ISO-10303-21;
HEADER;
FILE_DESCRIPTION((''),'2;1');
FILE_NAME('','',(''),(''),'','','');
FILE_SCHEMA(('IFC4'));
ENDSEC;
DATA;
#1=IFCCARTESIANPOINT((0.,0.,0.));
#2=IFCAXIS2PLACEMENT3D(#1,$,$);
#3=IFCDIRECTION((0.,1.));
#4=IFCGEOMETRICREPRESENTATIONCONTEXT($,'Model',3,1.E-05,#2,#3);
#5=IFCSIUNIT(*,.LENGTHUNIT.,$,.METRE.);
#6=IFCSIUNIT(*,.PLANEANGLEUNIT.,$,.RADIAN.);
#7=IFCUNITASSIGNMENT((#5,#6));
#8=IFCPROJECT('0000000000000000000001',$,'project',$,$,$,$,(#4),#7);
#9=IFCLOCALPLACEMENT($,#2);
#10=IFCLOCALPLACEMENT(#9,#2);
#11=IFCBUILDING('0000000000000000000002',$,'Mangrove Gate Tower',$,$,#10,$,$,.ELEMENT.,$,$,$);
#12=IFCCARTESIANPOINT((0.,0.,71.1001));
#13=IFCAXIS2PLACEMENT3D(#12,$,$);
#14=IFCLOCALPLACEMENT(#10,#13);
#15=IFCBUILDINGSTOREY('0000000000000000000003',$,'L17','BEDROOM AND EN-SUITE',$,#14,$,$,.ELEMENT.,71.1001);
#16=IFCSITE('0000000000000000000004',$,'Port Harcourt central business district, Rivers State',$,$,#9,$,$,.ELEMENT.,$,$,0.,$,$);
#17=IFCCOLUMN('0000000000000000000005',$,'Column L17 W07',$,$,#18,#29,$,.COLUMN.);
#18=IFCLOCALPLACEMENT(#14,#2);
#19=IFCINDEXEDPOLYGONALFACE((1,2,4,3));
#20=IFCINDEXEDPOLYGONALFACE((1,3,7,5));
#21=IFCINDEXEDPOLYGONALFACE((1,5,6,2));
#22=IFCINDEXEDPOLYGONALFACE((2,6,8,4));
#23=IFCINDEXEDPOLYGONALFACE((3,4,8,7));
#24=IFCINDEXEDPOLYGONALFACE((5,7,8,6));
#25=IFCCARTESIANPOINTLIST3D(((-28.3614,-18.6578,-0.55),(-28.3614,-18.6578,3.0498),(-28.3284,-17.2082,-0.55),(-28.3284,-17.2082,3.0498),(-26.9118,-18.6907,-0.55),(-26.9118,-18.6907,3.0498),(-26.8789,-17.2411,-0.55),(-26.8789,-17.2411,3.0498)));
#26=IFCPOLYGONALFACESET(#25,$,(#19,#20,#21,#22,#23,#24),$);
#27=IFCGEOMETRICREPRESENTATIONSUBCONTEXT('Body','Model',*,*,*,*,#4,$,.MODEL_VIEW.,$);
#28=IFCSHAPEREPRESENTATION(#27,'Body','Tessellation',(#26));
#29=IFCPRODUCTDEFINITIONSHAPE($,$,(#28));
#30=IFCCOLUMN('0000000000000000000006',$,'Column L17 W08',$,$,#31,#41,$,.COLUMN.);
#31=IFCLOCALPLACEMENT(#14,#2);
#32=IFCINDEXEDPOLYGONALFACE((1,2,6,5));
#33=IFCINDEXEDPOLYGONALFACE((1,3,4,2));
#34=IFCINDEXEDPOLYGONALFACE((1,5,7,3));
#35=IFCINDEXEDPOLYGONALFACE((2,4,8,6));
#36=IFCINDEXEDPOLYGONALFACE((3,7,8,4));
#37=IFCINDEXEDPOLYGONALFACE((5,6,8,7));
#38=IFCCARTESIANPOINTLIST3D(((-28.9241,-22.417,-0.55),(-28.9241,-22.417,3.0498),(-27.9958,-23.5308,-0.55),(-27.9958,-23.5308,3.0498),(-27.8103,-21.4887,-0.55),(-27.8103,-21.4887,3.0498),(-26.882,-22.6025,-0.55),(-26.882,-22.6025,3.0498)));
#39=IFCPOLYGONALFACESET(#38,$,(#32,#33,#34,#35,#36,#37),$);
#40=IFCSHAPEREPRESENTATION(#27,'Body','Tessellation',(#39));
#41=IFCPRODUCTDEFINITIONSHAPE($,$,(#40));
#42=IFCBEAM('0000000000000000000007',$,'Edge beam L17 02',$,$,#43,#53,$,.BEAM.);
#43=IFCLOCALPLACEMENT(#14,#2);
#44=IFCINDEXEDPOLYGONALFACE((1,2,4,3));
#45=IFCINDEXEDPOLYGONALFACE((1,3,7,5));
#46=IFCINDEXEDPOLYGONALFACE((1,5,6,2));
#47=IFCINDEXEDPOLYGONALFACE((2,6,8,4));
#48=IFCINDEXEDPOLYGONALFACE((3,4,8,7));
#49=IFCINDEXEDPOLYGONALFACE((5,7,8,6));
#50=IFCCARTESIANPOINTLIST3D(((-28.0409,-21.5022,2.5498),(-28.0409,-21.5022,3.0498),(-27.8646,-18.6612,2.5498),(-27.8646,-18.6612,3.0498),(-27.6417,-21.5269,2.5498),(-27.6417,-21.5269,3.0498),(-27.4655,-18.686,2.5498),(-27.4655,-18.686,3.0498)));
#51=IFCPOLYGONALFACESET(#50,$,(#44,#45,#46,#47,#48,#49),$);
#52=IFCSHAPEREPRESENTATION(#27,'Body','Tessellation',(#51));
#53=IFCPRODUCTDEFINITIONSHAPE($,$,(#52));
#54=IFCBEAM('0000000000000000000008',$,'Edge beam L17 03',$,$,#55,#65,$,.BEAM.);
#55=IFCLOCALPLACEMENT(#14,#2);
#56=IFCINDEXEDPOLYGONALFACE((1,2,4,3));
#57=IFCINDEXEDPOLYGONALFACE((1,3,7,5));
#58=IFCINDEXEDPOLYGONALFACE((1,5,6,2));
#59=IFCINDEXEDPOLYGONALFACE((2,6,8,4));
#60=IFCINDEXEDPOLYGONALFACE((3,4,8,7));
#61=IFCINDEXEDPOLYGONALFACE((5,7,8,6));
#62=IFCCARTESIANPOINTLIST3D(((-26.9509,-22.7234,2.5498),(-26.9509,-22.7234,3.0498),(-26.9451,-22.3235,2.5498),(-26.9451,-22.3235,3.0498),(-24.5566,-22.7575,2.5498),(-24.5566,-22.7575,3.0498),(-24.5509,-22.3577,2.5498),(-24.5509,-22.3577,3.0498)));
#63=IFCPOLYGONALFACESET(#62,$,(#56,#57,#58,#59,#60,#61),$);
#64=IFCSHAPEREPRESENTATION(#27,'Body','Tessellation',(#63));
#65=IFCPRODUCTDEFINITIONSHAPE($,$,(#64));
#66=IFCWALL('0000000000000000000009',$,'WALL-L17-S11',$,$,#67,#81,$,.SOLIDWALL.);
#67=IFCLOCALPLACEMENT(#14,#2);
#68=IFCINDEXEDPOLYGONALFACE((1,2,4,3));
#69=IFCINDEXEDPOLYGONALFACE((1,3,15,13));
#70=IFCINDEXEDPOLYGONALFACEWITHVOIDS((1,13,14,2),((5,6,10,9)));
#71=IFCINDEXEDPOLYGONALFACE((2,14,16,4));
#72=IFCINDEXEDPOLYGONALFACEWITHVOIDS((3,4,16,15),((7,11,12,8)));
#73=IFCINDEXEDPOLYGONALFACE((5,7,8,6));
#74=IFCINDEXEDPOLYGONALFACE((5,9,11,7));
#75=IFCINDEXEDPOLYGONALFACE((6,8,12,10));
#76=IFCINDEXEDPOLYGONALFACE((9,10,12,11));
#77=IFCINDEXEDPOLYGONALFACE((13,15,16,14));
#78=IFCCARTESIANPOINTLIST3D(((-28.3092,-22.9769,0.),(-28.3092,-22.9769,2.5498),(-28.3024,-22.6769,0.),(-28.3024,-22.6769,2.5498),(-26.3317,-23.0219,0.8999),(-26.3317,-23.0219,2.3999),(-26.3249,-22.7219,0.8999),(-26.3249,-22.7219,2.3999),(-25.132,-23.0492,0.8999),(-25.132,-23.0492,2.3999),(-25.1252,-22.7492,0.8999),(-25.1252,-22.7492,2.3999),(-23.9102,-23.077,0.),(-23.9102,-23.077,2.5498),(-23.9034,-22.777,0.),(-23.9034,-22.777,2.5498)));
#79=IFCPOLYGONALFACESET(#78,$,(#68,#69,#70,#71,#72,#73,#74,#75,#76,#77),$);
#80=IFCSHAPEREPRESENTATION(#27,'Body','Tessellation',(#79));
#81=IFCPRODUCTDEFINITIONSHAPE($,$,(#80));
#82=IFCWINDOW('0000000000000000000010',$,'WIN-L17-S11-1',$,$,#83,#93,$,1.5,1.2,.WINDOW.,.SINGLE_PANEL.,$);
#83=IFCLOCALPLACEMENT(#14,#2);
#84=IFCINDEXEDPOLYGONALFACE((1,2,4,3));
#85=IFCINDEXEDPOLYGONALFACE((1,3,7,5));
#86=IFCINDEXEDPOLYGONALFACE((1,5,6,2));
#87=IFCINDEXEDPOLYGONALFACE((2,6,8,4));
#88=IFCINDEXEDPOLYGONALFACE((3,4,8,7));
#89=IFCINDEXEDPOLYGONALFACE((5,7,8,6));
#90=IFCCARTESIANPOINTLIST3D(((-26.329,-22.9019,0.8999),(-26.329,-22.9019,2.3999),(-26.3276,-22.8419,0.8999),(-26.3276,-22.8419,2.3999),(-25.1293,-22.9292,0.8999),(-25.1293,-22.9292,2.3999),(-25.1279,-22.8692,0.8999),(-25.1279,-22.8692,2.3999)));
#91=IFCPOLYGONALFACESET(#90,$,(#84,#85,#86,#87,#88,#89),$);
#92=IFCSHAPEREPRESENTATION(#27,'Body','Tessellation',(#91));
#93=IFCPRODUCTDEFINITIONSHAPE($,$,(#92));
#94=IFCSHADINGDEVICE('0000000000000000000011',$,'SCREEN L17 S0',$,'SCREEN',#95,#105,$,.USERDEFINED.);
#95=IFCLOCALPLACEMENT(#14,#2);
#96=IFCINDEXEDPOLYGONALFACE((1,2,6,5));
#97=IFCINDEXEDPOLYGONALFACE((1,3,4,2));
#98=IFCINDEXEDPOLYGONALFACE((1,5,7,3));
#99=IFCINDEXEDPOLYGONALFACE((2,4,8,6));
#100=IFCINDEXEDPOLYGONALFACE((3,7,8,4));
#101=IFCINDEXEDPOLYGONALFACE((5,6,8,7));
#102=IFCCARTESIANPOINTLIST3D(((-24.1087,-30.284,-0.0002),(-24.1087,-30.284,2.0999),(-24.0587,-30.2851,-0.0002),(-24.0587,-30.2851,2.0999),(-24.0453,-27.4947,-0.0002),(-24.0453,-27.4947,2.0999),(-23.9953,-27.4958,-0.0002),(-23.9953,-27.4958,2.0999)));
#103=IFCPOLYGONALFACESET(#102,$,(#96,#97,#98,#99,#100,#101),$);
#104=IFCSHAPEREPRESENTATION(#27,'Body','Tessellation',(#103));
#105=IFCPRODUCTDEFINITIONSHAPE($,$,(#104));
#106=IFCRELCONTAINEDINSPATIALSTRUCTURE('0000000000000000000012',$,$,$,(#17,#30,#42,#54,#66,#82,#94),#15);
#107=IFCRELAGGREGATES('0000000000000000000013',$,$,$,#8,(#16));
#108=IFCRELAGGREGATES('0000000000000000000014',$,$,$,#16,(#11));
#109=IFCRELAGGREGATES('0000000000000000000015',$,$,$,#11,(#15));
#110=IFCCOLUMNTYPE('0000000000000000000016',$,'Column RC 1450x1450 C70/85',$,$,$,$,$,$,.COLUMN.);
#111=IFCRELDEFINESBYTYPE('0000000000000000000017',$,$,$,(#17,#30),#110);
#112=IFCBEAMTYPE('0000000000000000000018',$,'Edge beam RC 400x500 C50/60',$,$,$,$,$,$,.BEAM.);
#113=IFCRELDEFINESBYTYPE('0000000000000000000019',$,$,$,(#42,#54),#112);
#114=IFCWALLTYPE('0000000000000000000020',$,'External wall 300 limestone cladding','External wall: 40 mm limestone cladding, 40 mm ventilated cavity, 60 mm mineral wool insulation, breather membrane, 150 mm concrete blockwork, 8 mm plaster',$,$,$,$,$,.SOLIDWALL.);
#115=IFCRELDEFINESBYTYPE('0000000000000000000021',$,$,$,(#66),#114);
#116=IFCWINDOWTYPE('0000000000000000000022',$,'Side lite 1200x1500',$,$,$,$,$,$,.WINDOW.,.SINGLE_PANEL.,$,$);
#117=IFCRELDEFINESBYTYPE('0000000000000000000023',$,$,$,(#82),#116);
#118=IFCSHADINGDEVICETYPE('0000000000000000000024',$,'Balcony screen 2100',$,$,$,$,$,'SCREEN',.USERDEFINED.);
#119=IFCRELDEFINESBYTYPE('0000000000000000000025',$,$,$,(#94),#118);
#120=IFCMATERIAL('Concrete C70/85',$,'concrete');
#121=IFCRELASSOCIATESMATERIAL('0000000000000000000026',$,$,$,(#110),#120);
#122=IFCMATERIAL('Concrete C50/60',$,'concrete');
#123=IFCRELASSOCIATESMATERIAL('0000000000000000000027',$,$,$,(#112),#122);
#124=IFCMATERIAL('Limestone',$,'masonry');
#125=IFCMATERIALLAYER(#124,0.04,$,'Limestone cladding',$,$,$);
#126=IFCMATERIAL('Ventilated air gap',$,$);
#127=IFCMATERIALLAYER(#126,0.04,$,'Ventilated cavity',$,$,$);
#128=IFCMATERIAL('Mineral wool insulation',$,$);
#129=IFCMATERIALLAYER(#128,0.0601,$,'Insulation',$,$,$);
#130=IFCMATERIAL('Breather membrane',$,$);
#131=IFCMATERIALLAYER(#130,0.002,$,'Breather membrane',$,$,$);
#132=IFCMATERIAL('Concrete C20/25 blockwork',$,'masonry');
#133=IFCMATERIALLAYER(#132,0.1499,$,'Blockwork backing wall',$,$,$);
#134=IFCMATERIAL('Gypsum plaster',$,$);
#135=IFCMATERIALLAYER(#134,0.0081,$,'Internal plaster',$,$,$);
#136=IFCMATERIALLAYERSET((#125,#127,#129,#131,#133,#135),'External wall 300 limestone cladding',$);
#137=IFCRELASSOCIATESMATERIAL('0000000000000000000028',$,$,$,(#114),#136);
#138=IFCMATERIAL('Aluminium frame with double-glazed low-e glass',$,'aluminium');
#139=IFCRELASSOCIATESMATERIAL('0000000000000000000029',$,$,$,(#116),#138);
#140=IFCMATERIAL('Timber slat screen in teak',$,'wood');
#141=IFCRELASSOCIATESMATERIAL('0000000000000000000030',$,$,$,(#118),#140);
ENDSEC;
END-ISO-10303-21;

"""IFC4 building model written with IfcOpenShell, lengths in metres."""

from ifc_helpers import new_model, si_unit, direction, frame, frame_2d, origin, origin_2d, place, context, subcontext, project, spatial, rectangle, extrude, material, layer, layer_set, material_profile, profile_set, type_object, element, fill, save


model = new_model("IFC4")

# Units and contexts
model_context = context("Model", 3, precision=1e-05, world=origin(), true_north=direction((0.0, 1.0)))
body_context = subcontext(model_context, "Body", "Model", "MODEL_VIEW")
ifc_project = project(units=[si_unit("LENGTHUNIT", "METRE"), si_unit("PLANEANGLEUNIT", "RADIAN")], contexts=[model_context])

# Site, building, storey
site_placement = place(None, origin())
site = spatial("IfcSite", under=ifc_project, at=site_placement, Name="Port Harcourt central business district, Rivers State", CompositionType="ELEMENT", RefElevation=0.0)
building_placement = place(site_placement, origin())
building = spatial("IfcBuilding", under=site, at=building_placement, Name="Mangrove Gate Tower", CompositionType="ELEMENT")
storey_placement = place(building_placement, frame((0.0, 0.0, 71.1001)))
storey = spatial("IfcBuildingStorey", under=building, at=storey_placement, Name="L17", Description="BEDROOM AND EN-SUITE", CompositionType="ELEMENT", Elevation=71.1001)

# Columns
ifc_material_1 = material(Name="Concrete C70/85", Category="concrete")
ifc_material_profile_1 = material_profile(ifc_material_1, rectangle(XDim=1.45, YDim=1.45, at=origin_2d()))
ifc_profile_set_1 = profile_set([ifc_material_profile_1], Name="Concrete C70/85")
column_type = type_object("IfcColumnType", Name="Column RC 1450x1450 C70/85", PredefinedType="COLUMN", material=ifc_profile_set_1)
for number, where, z_axis, x_axis, name in (
    (1, (-27.6201, -17.9495, -0.55), (0.0, 0.0, 1.0), (-0.02271, -0.999742, 0.0), "Column L17 W07"),
    (2, (-27.9031, -22.5098, -0.55), (0.0, 0.0, 1.0), (0.640243, -0.768172, 0.0), "Column L17 W08"),
):
    element("IfcColumn", number, at=place(storey_placement, frame(where, z_axis=z_axis, x_axis=x_axis)), inside=storey, type_object=column_type, Name=name, PredefinedType="COLUMN", context=body_context, shape_type="SweptSolid", body=[
        extrude(rectangle(XDim=1.45, YDim=1.45, at=origin_2d()), origin(), (0.0, 0.0, 1.0), 3.5999),
    ])

# Beams
ifc_material_2 = material(Name="Concrete C50/60", Category="concrete")
ifc_material_profile_2 = material_profile(ifc_material_2, rectangle(XDim=0.3999, YDim=0.5, at=origin_2d()))
ifc_profile_set_2 = profile_set([ifc_material_profile_2], Name="Concrete C50/60")
beam_type = type_object("IfcBeamType", Name="Edge beam RC 400x500 C50/60", PredefinedType="BEAM", material=ifc_profile_set_2)
beam_1_placement = place(storey_placement, frame((-27.665, -18.6736, 2.7998), z_axis=(-0.061924, -0.998081, 0.0), x_axis=(0.998081, -0.061924, 0.0)))
element("IfcBeam", 3, at=beam_1_placement, inside=storey, type_object=beam_type, Name="Edge beam L17 02", PredefinedType="BEAM", context=body_context, shape_type="SweptSolid", body=[
    extrude(rectangle(XDim=0.3999, YDim=0.5, at=origin_2d()), origin(), (0.0, 0.0, 1.0), 2.8464),
])
beam_2_placement = place(storey_placement, frame((-26.948, -22.5234, 2.7998), z_axis=(0.999898, -0.014274, 0.0), x_axis=(0.014274, 0.999898, 0.0)))
element("IfcBeam", 4, at=beam_2_placement, inside=storey, type_object=beam_type, Name="Edge beam L17 03", PredefinedType="BEAM", context=body_context, shape_type="SweptSolid", body=[
    extrude(rectangle(XDim=0.3999, YDim=0.5, at=origin_2d()), origin(), (0.0, 0.0, 1.0), 2.3945),
])

# Wall, opening, window
ifc_material_3 = material(Name="Limestone", Category="masonry")
ifc_layer_1 = layer(ifc_material_3, 0.04, Name="Limestone cladding")
ifc_material_4 = material(Name="Ventilated air gap")
ifc_layer_2 = layer(ifc_material_4, 0.04, Name="Ventilated cavity")
ifc_material_5 = material(Name="Mineral wool insulation")
ifc_layer_3 = layer(ifc_material_5, 0.0601, Name="Insulation")
ifc_material_6 = material(Name="Breather membrane")
ifc_layer_4 = layer(ifc_material_6, 0.002, Name="Breather membrane")
ifc_material_7 = material(Name="Concrete C20/25 blockwork", Category="masonry")
ifc_layer_5 = layer(ifc_material_7, 0.1499, Name="Blockwork backing wall")
ifc_material_8 = material(Name="Gypsum plaster")
ifc_layer_6 = layer(ifc_material_8, 0.0081, Name="Internal plaster")
ifc_layer_set = layer_set([ifc_layer_1, ifc_layer_2, ifc_layer_3, ifc_layer_4, ifc_layer_5, ifc_layer_6], Name="External wall 300 limestone cladding")
wall_type = type_object("IfcWallType", Name="External wall 300 limestone cladding", Description="External wall: 40 mm limestone cladding, 40 mm ventilated cavity, 60 mm mineral wool insulation, breather membrane, 150 mm concrete blockwork, 8 mm plaster", PredefinedType="SOLIDWALL", material=ifc_layer_set)
wall_1_placement = place(storey_placement, frame((-28.3059, -22.8269, 0.0), z_axis=(0.0, 0.0, 1.0), x_axis=(0.999741, -0.022749, 0.0)))
wall_1 = element("IfcWall", 5, at=wall_1_placement, inside=storey, type_object=wall_type, Name="WALL-L17-S11", PredefinedType="SOLIDWALL", context=body_context, shape_type="SweptSolid", body=[
    extrude(rectangle(XDim=4.4001, YDim=0.3, at=frame_2d((2.2002, 0.0))), origin(), (0.0, 0.0, 1.0), 2.5498),
])
opening_1_placement = place(wall_1_placement, frame((1.978, 0.0, 0.8999)))
opening_1 = element("IfcOpeningElement", 6, at=opening_1_placement, cuts=wall_1, PredefinedType="OPENING", context=body_context, shape_type="SweptSolid", body=[
    extrude(rectangle(XDim=1.2, YDim=1.5, at=frame_2d((0.6001, 0.75))), frame((0.0, 0.1599, 0.0), z_axis=(0.0, -1.0, 0.0), x_axis=(1.0, 0.0, 0.0)), (0.0, 0.0, 1.0), 0.3201),
])
ifc_material_9 = material(Name="Aluminium frame with double-glazed low-e glass", Category="aluminium")
window_type_1 = type_object("IfcWindowType", Name="Side lite 1200x1500", PartitioningType="SINGLE_PANEL", PredefinedType="WINDOW", material=ifc_material_9)
window_1_placement = place(opening_1_placement, origin())
window_1 = element("IfcWindow", 7, at=window_1_placement, inside=storey, type_object=window_type_1, Name="WIN-L17-S11-1", OverallHeight=1.5, OverallWidth=1.2, PartitioningType="SINGLE_PANEL", PredefinedType="WINDOW", context=body_context, shape_type="SweptSolid", body=[
    extrude(rectangle(XDim=1.2, YDim=1.5, at=frame_2d((0.6001, 0.75))), frame((0.0, 0.03, 0.0), z_axis=(0.0, -1.0, 0.0), x_axis=(1.0, 0.0, 0.0)), (0.0, 0.0, 1.0), 0.0601),
])
fill(opening_1, window_1)

# Shading device
ifc_material_10 = material(Name="Timber slat screen in teak", Category="wood")
shading_device_type = type_object("IfcShadingDeviceType", Name="Balcony screen 2100", ElementType="SCREEN", PredefinedType="USERDEFINED", material=ifc_material_10)
shading_device_placement = place(storey_placement, frame((-24.052, -28.8899, -0.0002), z_axis=(0.0, 0.0, 1.0), x_axis=(-0.02274, -0.999741, 0.0)))
element("IfcShadingDevice", 8, at=shading_device_placement, inside=storey, type_object=shading_device_type, Name="SCREEN L17 S0", ObjectType="SCREEN", PredefinedType="USERDEFINED", context=body_context, shape_type="SweptSolid", body=[
    extrude(rectangle(XDim=2.79, YDim=0.05, at=origin_2d()), origin(), (0.0, 0.0, 1.0), 2.1001),
])

save(model, "model.ifc")
